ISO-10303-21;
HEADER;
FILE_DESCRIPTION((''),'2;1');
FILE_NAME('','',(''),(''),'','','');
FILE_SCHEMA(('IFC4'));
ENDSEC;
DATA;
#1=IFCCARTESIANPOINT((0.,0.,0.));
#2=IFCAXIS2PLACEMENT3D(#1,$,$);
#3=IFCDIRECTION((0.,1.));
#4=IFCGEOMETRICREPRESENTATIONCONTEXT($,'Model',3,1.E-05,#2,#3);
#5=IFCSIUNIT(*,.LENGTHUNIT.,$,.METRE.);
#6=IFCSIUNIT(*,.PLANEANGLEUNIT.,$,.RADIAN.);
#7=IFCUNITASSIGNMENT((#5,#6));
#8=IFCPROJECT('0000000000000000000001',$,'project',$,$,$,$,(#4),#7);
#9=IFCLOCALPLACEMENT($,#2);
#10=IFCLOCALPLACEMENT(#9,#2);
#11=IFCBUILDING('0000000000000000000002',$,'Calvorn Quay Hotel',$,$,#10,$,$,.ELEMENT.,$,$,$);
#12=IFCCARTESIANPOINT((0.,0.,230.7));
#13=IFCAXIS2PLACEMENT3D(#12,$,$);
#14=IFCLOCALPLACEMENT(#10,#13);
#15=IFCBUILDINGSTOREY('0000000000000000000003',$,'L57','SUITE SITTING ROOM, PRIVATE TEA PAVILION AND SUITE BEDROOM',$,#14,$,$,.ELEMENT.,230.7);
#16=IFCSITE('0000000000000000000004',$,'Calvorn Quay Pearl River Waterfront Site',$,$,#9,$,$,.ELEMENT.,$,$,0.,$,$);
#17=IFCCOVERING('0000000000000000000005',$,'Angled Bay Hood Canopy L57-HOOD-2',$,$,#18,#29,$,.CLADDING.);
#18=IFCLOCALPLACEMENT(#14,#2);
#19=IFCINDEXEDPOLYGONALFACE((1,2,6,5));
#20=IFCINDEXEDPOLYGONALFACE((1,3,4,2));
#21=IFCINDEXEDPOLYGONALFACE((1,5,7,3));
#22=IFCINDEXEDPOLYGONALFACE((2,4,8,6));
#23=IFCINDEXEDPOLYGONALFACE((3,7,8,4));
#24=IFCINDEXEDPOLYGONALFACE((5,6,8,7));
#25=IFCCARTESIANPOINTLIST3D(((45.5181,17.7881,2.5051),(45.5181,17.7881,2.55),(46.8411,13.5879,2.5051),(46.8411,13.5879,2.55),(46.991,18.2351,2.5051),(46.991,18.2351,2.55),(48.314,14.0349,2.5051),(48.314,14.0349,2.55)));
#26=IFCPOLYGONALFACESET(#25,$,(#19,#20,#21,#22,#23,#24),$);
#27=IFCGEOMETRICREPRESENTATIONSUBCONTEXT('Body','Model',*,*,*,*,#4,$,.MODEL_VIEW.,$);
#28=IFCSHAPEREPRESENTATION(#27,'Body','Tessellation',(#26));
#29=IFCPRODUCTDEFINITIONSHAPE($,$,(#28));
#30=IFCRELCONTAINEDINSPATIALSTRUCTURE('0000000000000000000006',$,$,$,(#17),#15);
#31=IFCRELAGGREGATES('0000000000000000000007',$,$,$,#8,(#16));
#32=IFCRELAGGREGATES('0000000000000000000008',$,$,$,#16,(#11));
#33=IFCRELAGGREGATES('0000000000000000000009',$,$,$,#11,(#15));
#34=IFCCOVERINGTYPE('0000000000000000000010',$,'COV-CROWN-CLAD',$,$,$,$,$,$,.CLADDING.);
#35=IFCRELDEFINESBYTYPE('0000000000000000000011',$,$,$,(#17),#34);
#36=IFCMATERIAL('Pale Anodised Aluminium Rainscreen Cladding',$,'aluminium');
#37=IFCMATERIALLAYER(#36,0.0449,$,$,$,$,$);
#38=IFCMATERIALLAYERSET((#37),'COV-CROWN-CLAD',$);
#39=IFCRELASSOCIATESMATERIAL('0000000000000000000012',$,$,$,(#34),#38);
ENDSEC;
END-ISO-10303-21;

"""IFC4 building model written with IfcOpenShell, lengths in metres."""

from ifc_helpers import new_model, si_unit, direction, frame, origin, place, context, subcontext, project, spatial, polyline, outline, extrude, material, layer, layer_set, type_object, element, save


model = new_model("IFC4")

# Units and contexts
model_context = context("Model", 3, precision=1e-05, world=origin(), true_north=direction((0.0, 1.0)))
body_context = subcontext(model_context, "Body", "Model", "MODEL_VIEW")
ifc_project = project(units=[si_unit("LENGTHUNIT", "METRE"), si_unit("PLANEANGLEUNIT", "RADIAN")], contexts=[model_context])

# Site, building, storey
site_placement = place(None, origin())
site = spatial("IfcSite", under=ifc_project, at=site_placement, Name="Calvorn Quay Pearl River Waterfront Site", CompositionType="ELEMENT", RefElevation=0.0)
building_placement = place(site_placement, origin())
building = spatial("IfcBuilding", under=site, at=building_placement, Name="Calvorn Quay Hotel", CompositionType="ELEMENT")
storey_placement = place(building_placement, frame((0.0, 0.0, 230.7)))
storey = spatial("IfcBuildingStorey", under=building, at=storey_placement, Name="L57", Description="SUITE SITTING ROOM, PRIVATE TEA PAVILION AND SUITE BEDROOM", CompositionType="ELEMENT", Elevation=230.7)

# Covering
ifc_material_1 = material(Name="Pale Anodised Aluminium Rainscreen Cladding", Category="aluminium")
ifc_layer_1 = layer(ifc_material_1, 0.0449)
ifc_layer_set_1 = layer_set([ifc_layer_1], Name="COV-CROWN-CLAD")
covering_type = type_object("IfcCoveringType", Name="COV-CROWN-CLAD", PredefinedType="CLADDING", material=ifc_layer_set_1)
covering_1_placement = place(storey_placement, frame((0.0, 0.0, 2.5051)))
element("IfcCovering", 1, at=covering_1_placement, inside=storey, type_object=covering_type, Name="Angled Bay Hood Canopy L57-HOOD-2", PredefinedType="CLADDING", context=body_context, shape_type="SweptSolid", body=[
    extrude(outline(polyline([(45.5181, 17.7881), (46.991, 18.2351), (48.314, 14.0349), (46.8411, 13.5879), (45.5181, 17.7881)])), origin(), (0.0, 0.0, 1.0), 0.0449),
])

save(model, "model.ifc")
